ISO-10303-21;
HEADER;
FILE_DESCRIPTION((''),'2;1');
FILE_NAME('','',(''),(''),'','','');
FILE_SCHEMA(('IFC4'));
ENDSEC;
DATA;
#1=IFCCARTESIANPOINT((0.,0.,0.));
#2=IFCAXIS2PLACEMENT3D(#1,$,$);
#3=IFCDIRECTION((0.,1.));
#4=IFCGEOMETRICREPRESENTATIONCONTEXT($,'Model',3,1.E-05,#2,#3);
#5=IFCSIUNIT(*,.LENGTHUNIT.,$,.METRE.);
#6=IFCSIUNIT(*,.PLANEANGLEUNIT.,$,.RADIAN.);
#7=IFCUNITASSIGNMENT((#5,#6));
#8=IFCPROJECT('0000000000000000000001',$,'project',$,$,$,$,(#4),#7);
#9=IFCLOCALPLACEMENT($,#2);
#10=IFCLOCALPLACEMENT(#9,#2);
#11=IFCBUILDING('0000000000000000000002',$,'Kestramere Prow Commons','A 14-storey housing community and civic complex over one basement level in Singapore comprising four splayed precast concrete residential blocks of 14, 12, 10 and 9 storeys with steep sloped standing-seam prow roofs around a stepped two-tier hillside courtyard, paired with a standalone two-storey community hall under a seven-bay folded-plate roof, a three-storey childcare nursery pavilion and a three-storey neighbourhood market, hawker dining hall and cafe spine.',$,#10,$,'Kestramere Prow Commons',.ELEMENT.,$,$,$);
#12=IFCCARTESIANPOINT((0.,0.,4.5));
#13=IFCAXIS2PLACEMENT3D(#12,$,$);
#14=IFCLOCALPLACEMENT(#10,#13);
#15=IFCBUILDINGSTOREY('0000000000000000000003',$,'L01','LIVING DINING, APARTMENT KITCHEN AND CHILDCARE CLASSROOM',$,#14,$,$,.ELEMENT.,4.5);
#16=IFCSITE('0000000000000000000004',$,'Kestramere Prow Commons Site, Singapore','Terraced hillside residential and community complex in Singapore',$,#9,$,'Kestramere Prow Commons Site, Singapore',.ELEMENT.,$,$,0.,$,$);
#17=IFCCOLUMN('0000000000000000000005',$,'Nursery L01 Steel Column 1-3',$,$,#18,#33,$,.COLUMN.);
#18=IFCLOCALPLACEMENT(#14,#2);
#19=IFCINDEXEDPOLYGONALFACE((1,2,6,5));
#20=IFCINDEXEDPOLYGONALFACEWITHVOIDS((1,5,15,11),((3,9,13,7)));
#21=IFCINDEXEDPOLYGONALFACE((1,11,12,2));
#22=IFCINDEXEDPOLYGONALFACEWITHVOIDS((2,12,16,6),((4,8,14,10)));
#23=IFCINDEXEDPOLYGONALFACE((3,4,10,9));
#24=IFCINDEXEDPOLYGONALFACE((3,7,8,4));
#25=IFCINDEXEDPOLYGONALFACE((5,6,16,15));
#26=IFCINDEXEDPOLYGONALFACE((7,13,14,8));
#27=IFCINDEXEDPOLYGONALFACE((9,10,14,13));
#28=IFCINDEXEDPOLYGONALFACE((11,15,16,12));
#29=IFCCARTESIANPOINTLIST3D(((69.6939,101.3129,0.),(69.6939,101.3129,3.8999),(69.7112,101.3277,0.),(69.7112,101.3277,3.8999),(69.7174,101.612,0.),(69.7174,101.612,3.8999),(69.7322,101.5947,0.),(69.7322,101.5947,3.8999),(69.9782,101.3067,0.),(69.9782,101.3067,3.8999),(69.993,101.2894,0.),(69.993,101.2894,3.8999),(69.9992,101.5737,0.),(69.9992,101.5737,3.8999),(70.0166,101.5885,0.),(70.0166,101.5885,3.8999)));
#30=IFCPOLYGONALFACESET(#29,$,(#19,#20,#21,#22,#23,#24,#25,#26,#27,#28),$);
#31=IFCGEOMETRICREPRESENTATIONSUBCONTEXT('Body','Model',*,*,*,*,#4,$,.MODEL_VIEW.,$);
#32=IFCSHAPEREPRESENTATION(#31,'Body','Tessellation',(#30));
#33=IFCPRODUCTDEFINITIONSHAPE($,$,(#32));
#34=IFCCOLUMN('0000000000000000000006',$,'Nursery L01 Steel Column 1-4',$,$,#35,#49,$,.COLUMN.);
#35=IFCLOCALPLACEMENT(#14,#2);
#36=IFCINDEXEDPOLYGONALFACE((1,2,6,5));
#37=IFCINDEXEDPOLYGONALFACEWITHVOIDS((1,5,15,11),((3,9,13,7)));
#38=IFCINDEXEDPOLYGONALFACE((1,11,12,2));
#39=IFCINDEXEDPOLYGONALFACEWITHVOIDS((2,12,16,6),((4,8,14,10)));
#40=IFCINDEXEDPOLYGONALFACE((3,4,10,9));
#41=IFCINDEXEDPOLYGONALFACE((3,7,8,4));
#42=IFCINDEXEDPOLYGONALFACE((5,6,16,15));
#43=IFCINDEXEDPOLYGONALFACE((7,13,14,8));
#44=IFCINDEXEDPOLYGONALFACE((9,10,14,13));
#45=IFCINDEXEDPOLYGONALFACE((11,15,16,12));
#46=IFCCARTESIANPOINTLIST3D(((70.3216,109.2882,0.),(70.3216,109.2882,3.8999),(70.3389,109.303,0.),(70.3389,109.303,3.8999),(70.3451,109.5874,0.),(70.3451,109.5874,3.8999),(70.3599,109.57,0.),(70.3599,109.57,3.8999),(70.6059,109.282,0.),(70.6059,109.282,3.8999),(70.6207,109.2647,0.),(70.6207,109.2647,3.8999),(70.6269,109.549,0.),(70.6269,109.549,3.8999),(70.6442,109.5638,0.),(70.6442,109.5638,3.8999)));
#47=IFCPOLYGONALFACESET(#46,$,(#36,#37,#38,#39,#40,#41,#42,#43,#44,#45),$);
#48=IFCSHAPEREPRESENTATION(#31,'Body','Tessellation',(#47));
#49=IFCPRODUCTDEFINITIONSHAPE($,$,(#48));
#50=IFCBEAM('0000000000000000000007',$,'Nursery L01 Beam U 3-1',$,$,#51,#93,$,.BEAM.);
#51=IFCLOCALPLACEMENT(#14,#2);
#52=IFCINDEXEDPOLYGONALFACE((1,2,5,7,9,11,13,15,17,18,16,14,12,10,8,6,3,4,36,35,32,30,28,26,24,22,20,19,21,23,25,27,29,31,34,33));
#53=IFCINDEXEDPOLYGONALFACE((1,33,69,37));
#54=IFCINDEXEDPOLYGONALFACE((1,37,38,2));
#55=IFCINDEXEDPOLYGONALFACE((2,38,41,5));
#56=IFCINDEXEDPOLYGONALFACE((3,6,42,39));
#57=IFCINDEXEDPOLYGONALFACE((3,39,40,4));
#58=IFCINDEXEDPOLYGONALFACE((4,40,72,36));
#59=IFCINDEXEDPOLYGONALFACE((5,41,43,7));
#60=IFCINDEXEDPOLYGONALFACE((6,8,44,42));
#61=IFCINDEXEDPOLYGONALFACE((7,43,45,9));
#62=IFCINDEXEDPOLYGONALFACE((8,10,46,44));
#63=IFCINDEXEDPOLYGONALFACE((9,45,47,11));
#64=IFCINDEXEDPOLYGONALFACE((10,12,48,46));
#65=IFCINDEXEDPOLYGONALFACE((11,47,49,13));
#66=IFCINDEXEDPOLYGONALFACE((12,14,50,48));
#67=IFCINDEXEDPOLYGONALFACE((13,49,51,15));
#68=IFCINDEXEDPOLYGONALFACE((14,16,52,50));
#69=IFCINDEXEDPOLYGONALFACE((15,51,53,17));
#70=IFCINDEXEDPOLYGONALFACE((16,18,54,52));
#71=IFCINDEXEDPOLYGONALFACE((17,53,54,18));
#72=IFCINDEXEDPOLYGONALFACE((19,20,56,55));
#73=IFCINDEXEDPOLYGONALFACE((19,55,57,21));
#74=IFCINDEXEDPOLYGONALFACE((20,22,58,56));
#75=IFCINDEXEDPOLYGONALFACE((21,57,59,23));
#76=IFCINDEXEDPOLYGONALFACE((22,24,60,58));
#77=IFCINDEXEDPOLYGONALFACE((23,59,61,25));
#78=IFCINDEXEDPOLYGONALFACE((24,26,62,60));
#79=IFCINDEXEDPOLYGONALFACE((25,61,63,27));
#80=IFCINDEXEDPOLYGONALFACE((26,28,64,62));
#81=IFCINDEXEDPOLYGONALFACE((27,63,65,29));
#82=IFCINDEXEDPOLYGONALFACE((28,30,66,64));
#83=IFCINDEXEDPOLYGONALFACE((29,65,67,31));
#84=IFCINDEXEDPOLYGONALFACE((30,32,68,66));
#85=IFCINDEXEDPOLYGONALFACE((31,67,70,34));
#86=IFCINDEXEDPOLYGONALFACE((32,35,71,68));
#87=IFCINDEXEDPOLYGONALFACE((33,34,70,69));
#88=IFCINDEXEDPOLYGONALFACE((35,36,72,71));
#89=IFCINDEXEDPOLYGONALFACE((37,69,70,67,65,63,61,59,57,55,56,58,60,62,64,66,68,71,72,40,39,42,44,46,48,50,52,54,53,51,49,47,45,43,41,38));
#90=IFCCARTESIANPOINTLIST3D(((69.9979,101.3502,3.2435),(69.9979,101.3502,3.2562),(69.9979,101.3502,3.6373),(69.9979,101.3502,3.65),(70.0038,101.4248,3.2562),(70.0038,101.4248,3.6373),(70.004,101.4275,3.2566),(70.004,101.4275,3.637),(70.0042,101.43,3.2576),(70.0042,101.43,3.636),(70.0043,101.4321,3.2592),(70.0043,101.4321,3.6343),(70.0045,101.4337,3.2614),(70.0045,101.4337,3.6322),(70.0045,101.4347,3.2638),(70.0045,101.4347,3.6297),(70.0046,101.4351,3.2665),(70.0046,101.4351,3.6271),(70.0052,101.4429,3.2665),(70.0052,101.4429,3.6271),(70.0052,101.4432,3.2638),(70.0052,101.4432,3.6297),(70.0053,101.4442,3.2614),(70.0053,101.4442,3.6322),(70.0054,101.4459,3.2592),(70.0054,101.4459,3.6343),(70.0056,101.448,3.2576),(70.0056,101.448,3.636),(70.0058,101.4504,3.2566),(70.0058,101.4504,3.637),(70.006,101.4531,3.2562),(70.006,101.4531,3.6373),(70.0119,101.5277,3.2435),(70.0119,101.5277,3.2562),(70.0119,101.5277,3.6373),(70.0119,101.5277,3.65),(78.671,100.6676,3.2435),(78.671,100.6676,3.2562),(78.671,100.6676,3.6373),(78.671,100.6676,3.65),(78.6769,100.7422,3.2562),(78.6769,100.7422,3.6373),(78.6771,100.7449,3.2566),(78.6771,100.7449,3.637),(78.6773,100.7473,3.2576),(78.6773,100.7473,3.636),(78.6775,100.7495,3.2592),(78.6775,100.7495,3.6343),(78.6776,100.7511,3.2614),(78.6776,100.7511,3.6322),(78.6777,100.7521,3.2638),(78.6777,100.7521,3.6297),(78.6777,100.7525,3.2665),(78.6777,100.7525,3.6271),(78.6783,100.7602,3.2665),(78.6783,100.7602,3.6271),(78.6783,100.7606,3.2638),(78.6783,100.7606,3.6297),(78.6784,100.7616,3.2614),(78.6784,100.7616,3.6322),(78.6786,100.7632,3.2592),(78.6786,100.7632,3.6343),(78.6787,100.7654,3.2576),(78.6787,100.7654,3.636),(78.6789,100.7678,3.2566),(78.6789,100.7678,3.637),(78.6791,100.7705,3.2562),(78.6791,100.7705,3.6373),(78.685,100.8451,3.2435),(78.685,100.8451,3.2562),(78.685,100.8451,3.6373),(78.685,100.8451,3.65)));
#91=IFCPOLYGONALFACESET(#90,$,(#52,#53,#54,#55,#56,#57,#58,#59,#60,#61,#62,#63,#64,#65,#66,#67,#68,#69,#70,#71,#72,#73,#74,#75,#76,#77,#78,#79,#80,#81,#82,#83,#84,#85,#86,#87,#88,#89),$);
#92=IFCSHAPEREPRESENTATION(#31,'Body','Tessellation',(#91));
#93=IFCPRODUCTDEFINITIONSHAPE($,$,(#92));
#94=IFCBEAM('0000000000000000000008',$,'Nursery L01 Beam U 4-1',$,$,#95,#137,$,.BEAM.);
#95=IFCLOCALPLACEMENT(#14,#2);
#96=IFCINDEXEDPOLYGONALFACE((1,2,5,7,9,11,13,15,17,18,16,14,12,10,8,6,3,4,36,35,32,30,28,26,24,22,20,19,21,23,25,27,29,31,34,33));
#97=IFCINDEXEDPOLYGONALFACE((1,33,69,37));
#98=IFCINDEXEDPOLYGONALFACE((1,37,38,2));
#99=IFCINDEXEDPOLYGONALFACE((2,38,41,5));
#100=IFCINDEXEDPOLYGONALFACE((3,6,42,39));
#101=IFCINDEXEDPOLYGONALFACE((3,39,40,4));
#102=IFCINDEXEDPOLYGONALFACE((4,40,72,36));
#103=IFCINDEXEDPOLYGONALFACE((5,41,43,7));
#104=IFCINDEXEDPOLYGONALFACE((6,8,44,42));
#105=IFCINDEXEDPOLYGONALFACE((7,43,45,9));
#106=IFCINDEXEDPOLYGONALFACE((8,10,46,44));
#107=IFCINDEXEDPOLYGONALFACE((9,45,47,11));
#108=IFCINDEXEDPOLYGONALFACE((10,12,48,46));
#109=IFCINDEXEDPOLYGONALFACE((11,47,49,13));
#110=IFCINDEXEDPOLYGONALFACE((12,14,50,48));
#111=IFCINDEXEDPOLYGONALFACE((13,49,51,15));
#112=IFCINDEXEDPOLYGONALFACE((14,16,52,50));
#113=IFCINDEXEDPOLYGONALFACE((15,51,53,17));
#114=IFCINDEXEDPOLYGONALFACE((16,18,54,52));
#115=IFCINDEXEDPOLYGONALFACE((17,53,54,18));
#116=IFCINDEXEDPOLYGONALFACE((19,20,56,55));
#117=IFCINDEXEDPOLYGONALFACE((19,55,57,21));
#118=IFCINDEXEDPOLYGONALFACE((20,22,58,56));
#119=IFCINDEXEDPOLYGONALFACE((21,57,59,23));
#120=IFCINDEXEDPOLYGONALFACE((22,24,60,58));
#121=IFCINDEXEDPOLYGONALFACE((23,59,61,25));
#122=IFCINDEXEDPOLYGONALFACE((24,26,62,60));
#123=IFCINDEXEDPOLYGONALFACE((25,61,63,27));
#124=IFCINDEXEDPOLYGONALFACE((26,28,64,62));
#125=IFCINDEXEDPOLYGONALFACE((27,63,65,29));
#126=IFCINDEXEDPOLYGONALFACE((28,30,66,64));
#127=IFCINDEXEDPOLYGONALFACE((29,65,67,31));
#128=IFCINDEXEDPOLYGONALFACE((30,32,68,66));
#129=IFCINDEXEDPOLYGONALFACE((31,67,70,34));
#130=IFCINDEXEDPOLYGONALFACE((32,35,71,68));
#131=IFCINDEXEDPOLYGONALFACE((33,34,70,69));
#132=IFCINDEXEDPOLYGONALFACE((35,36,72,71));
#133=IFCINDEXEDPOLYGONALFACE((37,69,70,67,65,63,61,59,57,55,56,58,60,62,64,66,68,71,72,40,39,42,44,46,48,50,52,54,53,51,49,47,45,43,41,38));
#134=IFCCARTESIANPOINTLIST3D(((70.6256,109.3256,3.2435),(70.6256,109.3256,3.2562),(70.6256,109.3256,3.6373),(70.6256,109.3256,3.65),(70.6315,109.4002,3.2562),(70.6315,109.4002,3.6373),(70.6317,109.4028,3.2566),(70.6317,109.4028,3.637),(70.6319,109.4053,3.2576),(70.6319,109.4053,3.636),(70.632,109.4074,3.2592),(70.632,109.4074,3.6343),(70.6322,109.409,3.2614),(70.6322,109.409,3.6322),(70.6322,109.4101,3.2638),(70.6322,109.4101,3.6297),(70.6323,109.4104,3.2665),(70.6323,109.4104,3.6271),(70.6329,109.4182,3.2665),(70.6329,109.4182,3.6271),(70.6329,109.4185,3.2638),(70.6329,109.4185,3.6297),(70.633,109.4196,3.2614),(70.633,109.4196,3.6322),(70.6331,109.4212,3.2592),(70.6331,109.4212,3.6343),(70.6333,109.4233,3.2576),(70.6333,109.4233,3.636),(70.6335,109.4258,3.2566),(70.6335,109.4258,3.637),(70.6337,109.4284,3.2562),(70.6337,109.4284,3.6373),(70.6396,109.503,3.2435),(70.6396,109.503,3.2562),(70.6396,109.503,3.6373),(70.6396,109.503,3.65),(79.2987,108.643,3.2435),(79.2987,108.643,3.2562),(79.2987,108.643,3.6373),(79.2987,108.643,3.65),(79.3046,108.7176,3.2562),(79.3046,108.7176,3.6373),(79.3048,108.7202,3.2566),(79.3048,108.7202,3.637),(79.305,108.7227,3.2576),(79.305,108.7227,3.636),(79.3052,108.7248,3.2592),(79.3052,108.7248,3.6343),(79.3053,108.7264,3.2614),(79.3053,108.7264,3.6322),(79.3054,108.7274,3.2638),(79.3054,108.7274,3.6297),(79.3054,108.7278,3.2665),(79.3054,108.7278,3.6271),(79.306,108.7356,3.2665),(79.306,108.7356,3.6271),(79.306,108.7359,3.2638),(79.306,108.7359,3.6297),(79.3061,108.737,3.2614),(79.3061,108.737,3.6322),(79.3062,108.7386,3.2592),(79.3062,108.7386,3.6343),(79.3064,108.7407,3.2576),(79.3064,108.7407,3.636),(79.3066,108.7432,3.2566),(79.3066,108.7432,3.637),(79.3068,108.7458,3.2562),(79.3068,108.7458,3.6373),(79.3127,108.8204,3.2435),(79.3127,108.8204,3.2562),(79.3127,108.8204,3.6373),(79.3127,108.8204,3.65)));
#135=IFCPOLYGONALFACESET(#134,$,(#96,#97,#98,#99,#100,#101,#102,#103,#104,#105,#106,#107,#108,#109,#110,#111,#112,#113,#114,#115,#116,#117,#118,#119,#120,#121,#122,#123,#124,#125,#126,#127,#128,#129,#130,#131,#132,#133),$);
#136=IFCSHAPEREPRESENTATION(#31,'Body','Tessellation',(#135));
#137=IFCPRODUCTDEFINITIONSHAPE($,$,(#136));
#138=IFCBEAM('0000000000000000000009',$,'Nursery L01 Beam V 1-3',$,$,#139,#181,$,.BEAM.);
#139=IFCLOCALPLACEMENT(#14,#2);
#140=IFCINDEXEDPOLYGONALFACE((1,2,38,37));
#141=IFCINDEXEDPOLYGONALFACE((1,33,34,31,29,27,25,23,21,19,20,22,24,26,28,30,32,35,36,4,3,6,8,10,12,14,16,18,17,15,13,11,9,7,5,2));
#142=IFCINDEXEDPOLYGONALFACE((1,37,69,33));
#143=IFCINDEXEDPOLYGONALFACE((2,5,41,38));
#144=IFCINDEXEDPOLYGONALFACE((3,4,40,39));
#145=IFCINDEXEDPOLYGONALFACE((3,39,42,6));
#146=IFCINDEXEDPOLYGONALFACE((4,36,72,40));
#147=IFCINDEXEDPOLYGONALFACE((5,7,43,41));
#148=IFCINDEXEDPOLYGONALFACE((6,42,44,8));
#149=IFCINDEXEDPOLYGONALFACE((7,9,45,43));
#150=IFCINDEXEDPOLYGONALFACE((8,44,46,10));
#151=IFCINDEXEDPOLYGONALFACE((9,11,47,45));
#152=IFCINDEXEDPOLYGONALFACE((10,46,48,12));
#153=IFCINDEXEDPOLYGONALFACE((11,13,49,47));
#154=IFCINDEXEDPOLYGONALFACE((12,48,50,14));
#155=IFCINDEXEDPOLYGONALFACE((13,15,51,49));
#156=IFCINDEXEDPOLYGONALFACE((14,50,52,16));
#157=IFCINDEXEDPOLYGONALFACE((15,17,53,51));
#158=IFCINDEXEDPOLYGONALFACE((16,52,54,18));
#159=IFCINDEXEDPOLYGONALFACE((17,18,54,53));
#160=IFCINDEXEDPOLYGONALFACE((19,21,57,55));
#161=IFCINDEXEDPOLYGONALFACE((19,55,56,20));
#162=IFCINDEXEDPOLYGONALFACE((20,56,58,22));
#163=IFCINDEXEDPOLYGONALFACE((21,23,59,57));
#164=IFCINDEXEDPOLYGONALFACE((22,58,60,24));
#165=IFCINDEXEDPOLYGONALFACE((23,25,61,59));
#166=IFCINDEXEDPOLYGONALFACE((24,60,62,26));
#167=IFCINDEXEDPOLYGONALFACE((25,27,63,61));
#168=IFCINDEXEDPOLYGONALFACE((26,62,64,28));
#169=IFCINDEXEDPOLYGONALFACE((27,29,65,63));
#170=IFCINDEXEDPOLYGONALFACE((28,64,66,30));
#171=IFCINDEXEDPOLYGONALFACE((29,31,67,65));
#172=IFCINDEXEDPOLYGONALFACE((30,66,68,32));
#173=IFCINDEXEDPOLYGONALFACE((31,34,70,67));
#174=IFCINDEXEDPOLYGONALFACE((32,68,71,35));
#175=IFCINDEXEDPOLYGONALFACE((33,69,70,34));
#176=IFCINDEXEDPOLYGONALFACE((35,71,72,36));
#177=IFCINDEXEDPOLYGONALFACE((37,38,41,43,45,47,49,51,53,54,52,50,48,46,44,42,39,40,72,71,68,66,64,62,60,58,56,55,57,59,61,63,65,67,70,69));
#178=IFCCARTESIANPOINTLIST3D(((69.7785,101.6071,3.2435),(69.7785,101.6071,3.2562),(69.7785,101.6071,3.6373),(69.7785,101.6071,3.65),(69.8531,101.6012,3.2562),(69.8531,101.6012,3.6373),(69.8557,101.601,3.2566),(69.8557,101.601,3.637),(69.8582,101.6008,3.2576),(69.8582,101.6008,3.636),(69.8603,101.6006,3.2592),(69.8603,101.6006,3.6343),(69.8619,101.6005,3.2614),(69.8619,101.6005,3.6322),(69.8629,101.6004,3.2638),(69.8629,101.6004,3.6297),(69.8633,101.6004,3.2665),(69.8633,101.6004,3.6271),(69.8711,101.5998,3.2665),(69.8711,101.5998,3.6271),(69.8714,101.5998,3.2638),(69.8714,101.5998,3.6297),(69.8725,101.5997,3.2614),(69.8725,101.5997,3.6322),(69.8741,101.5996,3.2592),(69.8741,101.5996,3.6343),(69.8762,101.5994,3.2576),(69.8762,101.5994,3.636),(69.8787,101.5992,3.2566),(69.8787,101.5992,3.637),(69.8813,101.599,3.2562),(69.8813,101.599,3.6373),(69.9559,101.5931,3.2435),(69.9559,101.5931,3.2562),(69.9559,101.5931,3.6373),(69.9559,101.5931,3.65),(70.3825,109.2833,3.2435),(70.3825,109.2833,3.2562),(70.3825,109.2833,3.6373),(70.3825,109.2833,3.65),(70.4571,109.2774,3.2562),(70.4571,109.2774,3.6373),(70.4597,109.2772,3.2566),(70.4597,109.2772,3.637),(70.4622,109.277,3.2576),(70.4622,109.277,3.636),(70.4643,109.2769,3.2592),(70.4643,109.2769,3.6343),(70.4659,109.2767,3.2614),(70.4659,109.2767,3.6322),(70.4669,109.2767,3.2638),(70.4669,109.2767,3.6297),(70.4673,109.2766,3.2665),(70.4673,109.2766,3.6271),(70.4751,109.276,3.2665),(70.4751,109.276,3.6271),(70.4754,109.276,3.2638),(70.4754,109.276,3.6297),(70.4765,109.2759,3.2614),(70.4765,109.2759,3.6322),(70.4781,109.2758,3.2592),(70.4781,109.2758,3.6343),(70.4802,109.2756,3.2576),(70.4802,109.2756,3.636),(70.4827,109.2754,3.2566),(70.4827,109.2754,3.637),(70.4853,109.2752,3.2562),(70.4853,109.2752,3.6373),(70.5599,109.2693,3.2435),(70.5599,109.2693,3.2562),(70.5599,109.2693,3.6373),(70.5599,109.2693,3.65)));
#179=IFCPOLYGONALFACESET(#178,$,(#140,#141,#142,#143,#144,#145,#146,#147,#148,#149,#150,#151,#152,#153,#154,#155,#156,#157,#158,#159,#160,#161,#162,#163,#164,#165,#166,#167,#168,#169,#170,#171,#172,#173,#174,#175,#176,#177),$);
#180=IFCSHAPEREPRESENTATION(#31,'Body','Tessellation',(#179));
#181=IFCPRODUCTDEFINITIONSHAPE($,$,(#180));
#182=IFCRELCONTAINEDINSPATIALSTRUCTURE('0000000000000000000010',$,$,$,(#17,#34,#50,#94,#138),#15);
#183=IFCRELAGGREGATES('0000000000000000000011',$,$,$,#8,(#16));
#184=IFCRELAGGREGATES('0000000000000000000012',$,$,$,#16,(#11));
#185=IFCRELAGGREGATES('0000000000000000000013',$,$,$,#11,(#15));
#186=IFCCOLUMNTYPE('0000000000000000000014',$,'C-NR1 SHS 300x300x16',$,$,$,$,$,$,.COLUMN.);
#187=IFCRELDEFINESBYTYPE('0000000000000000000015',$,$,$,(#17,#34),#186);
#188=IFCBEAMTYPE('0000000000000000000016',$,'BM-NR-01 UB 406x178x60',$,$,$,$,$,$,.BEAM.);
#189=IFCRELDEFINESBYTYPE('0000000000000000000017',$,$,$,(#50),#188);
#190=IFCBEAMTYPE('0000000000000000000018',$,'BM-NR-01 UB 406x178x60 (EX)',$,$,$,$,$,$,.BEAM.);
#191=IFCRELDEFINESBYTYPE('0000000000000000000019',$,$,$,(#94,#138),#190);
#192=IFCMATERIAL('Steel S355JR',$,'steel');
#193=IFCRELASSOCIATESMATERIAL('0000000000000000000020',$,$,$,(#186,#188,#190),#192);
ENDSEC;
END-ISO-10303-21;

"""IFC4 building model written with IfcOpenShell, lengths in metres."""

from ifc_helpers import new_model, si_unit, direction, frame, origin, origin_2d, place, context, subcontext, project, spatial, hollow_rectangle, i_section, extrude, material, material_profile, profile_set, type_object, element, save


model = new_model("IFC4")

# Units and contexts
model_context = context("Model", 3, precision=1e-05, world=origin(), true_north=direction((0.0, 1.0)))
body_context = subcontext(model_context, "Body", "Model", "MODEL_VIEW")
ifc_project = project(units=[si_unit("LENGTHUNIT", "METRE"), si_unit("PLANEANGLEUNIT", "RADIAN")], contexts=[model_context])

# Site, building, storey
site_placement = place(None, origin())
site = spatial("IfcSite", under=ifc_project, at=site_placement, Name="Kestramere Prow Commons Site, Singapore", Description="Terraced hillside residential and community complex in Singapore", LongName="Kestramere Prow Commons Site, Singapore", CompositionType="ELEMENT", RefElevation=0.0)
building_placement = place(site_placement, origin())
building = spatial("IfcBuilding", under=site, at=building_placement, Name="Kestramere Prow Commons", Description="A 14-storey housing community and civic complex over one basement level in Singapore comprising four splayed precast concrete residential blocks of 14, 12, 10 and 9 storeys with steep sloped standing-seam prow roofs around a stepped two-tier hillside courtyard, paired with a standalone two-storey community hall under a seven-bay folded-plate roof, a three-storey childcare nursery pavilion and a three-storey neighbourhood market, hawker dining hall and cafe spine.", LongName="Kestramere Prow Commons", CompositionType="ELEMENT")
storey_placement = place(building_placement, frame((0.0, 0.0, 4.5)))
storey = spatial("IfcBuildingStorey", under=building, at=storey_placement, Name="L01", Description="LIVING DINING, APARTMENT KITCHEN AND CHILDCARE CLASSROOM", CompositionType="ELEMENT", Elevation=4.5)

# Columns
ifc_material_1 = material(Name="Steel S355JR", Category="steel")
ifc_material_profile_1 = material_profile(ifc_material_1, hollow_rectangle(XDim=0.3, YDim=0.3, WallThickness=0.0161, at=origin_2d()), Name="SHS 300x300x16")
ifc_profile_set_1 = profile_set([ifc_material_profile_1], Name="Steel S355JR")
column_type = type_object("IfcColumnType", Name="C-NR1 SHS 300x300x16", PredefinedType="COLUMN", material=ifc_profile_set_1)
for number, where, z_axis, x_axis, name in (
    (1, (69.8552, 101.4507, 0.0), (0.0, 0.0, 1.0), (0.996917, -0.078459, 0.0), "Nursery L01 Steel Column 1-3"),
    (2, (70.4829, 109.426, 0.0), (0.0, 0.0, 1.0), (0.996917, -0.078459, 0.0), "Nursery L01 Steel Column 1-4"),
):
    element("IfcColumn", number, at=place(storey_placement, frame(where, z_axis=z_axis, x_axis=x_axis)), inside=storey, type_object=column_type, Name=name, PredefinedType="COLUMN", context=body_context, shape_type="SweptSolid", body=[
        extrude(hollow_rectangle(XDim=0.3, YDim=0.3, WallThickness=0.0161, at=origin_2d()), origin(), (0.0, 0.0, 1.0), 3.8999),
    ])

# Beams
ifc_material_profile_2 = material_profile(ifc_material_1, i_section(OverallWidth=0.178, OverallDepth=0.4065, WebThickness=0.0078, FlangeThickness=0.0127, FilletRadius=0.0103, at=origin_2d()), Name="UB 406x178x60")
ifc_profile_set_2 = profile_set([ifc_material_profile_2], Name="Steel S355JR")
beam_type_1 = type_object("IfcBeamType", Name="BM-NR-01 UB 406x178x60", PredefinedType="BEAM", material=ifc_profile_set_2)
beam_1_placement = place(storey_placement, frame((70.0049, 101.439, 3.4468), z_axis=(0.996917, -0.078462, 0.0), x_axis=(0.078462, 0.996917, 0.0)))
element("IfcBeam", 3, at=beam_1_placement, inside=storey, type_object=beam_type_1, Name="Nursery L01 Beam U 3-1", PredefinedType="BEAM", context=body_context, shape_type="SweptSolid", body=[
    extrude(i_section(OverallWidth=0.178, OverallDepth=0.4065, WebThickness=0.0078, FlangeThickness=0.0127, FilletRadius=0.0103, at=origin_2d()), origin(), (0.0, 0.0, 1.0), 8.7),
])
ifc_material_profile_3 = material_profile(ifc_material_1, i_section(OverallWidth=0.178, OverallDepth=0.4065, WebThickness=0.0078, FlangeThickness=0.0127, FilletRadius=0.0103, at=origin_2d()), Name="UB 406x178x60")
ifc_profile_set_3 = profile_set([ifc_material_profile_3], Name="Steel S355JR")
beam_type_2 = type_object("IfcBeamType", Name="BM-NR-01 UB 406x178x60 (EX)", PredefinedType="BEAM", material=ifc_profile_set_3)
beam_2_placement = place(storey_placement, frame((70.6326, 109.4143, 3.4468), z_axis=(0.996917, -0.078462, 0.0), x_axis=(0.078462, 0.996917, 0.0)))
element("IfcBeam", 4, at=beam_2_placement, inside=storey, type_object=beam_type_2, Name="Nursery L01 Beam U 4-1", PredefinedType="BEAM", context=body_context, shape_type="SweptSolid", body=[
    extrude(i_section(OverallWidth=0.178, OverallDepth=0.4065, WebThickness=0.0078, FlangeThickness=0.0127, FilletRadius=0.0103, at=origin_2d()), origin(), (0.0, 0.0, 1.0), 8.7),
])
beam_3_placement = place(storey_placement, frame((69.8672, 101.6001, 3.4468), z_axis=(0.078442, 0.996919, 0.0), x_axis=(-0.996919, 0.078442, 0.0)))
element("IfcBeam", 5, at=beam_3_placement, inside=storey, type_object=beam_type_2, Name="Nursery L01 Beam V 1-3", PredefinedType="BEAM", context=body_context, shape_type="SweptSolid", body=[
    extrude(i_section(OverallWidth=0.178, OverallDepth=0.4065, WebThickness=0.0078, FlangeThickness=0.0127, FilletRadius=0.0103, at=origin_2d()), origin(), (0.0, 0.0, 1.0), 7.7),
])

save(model, "model.ifc")
